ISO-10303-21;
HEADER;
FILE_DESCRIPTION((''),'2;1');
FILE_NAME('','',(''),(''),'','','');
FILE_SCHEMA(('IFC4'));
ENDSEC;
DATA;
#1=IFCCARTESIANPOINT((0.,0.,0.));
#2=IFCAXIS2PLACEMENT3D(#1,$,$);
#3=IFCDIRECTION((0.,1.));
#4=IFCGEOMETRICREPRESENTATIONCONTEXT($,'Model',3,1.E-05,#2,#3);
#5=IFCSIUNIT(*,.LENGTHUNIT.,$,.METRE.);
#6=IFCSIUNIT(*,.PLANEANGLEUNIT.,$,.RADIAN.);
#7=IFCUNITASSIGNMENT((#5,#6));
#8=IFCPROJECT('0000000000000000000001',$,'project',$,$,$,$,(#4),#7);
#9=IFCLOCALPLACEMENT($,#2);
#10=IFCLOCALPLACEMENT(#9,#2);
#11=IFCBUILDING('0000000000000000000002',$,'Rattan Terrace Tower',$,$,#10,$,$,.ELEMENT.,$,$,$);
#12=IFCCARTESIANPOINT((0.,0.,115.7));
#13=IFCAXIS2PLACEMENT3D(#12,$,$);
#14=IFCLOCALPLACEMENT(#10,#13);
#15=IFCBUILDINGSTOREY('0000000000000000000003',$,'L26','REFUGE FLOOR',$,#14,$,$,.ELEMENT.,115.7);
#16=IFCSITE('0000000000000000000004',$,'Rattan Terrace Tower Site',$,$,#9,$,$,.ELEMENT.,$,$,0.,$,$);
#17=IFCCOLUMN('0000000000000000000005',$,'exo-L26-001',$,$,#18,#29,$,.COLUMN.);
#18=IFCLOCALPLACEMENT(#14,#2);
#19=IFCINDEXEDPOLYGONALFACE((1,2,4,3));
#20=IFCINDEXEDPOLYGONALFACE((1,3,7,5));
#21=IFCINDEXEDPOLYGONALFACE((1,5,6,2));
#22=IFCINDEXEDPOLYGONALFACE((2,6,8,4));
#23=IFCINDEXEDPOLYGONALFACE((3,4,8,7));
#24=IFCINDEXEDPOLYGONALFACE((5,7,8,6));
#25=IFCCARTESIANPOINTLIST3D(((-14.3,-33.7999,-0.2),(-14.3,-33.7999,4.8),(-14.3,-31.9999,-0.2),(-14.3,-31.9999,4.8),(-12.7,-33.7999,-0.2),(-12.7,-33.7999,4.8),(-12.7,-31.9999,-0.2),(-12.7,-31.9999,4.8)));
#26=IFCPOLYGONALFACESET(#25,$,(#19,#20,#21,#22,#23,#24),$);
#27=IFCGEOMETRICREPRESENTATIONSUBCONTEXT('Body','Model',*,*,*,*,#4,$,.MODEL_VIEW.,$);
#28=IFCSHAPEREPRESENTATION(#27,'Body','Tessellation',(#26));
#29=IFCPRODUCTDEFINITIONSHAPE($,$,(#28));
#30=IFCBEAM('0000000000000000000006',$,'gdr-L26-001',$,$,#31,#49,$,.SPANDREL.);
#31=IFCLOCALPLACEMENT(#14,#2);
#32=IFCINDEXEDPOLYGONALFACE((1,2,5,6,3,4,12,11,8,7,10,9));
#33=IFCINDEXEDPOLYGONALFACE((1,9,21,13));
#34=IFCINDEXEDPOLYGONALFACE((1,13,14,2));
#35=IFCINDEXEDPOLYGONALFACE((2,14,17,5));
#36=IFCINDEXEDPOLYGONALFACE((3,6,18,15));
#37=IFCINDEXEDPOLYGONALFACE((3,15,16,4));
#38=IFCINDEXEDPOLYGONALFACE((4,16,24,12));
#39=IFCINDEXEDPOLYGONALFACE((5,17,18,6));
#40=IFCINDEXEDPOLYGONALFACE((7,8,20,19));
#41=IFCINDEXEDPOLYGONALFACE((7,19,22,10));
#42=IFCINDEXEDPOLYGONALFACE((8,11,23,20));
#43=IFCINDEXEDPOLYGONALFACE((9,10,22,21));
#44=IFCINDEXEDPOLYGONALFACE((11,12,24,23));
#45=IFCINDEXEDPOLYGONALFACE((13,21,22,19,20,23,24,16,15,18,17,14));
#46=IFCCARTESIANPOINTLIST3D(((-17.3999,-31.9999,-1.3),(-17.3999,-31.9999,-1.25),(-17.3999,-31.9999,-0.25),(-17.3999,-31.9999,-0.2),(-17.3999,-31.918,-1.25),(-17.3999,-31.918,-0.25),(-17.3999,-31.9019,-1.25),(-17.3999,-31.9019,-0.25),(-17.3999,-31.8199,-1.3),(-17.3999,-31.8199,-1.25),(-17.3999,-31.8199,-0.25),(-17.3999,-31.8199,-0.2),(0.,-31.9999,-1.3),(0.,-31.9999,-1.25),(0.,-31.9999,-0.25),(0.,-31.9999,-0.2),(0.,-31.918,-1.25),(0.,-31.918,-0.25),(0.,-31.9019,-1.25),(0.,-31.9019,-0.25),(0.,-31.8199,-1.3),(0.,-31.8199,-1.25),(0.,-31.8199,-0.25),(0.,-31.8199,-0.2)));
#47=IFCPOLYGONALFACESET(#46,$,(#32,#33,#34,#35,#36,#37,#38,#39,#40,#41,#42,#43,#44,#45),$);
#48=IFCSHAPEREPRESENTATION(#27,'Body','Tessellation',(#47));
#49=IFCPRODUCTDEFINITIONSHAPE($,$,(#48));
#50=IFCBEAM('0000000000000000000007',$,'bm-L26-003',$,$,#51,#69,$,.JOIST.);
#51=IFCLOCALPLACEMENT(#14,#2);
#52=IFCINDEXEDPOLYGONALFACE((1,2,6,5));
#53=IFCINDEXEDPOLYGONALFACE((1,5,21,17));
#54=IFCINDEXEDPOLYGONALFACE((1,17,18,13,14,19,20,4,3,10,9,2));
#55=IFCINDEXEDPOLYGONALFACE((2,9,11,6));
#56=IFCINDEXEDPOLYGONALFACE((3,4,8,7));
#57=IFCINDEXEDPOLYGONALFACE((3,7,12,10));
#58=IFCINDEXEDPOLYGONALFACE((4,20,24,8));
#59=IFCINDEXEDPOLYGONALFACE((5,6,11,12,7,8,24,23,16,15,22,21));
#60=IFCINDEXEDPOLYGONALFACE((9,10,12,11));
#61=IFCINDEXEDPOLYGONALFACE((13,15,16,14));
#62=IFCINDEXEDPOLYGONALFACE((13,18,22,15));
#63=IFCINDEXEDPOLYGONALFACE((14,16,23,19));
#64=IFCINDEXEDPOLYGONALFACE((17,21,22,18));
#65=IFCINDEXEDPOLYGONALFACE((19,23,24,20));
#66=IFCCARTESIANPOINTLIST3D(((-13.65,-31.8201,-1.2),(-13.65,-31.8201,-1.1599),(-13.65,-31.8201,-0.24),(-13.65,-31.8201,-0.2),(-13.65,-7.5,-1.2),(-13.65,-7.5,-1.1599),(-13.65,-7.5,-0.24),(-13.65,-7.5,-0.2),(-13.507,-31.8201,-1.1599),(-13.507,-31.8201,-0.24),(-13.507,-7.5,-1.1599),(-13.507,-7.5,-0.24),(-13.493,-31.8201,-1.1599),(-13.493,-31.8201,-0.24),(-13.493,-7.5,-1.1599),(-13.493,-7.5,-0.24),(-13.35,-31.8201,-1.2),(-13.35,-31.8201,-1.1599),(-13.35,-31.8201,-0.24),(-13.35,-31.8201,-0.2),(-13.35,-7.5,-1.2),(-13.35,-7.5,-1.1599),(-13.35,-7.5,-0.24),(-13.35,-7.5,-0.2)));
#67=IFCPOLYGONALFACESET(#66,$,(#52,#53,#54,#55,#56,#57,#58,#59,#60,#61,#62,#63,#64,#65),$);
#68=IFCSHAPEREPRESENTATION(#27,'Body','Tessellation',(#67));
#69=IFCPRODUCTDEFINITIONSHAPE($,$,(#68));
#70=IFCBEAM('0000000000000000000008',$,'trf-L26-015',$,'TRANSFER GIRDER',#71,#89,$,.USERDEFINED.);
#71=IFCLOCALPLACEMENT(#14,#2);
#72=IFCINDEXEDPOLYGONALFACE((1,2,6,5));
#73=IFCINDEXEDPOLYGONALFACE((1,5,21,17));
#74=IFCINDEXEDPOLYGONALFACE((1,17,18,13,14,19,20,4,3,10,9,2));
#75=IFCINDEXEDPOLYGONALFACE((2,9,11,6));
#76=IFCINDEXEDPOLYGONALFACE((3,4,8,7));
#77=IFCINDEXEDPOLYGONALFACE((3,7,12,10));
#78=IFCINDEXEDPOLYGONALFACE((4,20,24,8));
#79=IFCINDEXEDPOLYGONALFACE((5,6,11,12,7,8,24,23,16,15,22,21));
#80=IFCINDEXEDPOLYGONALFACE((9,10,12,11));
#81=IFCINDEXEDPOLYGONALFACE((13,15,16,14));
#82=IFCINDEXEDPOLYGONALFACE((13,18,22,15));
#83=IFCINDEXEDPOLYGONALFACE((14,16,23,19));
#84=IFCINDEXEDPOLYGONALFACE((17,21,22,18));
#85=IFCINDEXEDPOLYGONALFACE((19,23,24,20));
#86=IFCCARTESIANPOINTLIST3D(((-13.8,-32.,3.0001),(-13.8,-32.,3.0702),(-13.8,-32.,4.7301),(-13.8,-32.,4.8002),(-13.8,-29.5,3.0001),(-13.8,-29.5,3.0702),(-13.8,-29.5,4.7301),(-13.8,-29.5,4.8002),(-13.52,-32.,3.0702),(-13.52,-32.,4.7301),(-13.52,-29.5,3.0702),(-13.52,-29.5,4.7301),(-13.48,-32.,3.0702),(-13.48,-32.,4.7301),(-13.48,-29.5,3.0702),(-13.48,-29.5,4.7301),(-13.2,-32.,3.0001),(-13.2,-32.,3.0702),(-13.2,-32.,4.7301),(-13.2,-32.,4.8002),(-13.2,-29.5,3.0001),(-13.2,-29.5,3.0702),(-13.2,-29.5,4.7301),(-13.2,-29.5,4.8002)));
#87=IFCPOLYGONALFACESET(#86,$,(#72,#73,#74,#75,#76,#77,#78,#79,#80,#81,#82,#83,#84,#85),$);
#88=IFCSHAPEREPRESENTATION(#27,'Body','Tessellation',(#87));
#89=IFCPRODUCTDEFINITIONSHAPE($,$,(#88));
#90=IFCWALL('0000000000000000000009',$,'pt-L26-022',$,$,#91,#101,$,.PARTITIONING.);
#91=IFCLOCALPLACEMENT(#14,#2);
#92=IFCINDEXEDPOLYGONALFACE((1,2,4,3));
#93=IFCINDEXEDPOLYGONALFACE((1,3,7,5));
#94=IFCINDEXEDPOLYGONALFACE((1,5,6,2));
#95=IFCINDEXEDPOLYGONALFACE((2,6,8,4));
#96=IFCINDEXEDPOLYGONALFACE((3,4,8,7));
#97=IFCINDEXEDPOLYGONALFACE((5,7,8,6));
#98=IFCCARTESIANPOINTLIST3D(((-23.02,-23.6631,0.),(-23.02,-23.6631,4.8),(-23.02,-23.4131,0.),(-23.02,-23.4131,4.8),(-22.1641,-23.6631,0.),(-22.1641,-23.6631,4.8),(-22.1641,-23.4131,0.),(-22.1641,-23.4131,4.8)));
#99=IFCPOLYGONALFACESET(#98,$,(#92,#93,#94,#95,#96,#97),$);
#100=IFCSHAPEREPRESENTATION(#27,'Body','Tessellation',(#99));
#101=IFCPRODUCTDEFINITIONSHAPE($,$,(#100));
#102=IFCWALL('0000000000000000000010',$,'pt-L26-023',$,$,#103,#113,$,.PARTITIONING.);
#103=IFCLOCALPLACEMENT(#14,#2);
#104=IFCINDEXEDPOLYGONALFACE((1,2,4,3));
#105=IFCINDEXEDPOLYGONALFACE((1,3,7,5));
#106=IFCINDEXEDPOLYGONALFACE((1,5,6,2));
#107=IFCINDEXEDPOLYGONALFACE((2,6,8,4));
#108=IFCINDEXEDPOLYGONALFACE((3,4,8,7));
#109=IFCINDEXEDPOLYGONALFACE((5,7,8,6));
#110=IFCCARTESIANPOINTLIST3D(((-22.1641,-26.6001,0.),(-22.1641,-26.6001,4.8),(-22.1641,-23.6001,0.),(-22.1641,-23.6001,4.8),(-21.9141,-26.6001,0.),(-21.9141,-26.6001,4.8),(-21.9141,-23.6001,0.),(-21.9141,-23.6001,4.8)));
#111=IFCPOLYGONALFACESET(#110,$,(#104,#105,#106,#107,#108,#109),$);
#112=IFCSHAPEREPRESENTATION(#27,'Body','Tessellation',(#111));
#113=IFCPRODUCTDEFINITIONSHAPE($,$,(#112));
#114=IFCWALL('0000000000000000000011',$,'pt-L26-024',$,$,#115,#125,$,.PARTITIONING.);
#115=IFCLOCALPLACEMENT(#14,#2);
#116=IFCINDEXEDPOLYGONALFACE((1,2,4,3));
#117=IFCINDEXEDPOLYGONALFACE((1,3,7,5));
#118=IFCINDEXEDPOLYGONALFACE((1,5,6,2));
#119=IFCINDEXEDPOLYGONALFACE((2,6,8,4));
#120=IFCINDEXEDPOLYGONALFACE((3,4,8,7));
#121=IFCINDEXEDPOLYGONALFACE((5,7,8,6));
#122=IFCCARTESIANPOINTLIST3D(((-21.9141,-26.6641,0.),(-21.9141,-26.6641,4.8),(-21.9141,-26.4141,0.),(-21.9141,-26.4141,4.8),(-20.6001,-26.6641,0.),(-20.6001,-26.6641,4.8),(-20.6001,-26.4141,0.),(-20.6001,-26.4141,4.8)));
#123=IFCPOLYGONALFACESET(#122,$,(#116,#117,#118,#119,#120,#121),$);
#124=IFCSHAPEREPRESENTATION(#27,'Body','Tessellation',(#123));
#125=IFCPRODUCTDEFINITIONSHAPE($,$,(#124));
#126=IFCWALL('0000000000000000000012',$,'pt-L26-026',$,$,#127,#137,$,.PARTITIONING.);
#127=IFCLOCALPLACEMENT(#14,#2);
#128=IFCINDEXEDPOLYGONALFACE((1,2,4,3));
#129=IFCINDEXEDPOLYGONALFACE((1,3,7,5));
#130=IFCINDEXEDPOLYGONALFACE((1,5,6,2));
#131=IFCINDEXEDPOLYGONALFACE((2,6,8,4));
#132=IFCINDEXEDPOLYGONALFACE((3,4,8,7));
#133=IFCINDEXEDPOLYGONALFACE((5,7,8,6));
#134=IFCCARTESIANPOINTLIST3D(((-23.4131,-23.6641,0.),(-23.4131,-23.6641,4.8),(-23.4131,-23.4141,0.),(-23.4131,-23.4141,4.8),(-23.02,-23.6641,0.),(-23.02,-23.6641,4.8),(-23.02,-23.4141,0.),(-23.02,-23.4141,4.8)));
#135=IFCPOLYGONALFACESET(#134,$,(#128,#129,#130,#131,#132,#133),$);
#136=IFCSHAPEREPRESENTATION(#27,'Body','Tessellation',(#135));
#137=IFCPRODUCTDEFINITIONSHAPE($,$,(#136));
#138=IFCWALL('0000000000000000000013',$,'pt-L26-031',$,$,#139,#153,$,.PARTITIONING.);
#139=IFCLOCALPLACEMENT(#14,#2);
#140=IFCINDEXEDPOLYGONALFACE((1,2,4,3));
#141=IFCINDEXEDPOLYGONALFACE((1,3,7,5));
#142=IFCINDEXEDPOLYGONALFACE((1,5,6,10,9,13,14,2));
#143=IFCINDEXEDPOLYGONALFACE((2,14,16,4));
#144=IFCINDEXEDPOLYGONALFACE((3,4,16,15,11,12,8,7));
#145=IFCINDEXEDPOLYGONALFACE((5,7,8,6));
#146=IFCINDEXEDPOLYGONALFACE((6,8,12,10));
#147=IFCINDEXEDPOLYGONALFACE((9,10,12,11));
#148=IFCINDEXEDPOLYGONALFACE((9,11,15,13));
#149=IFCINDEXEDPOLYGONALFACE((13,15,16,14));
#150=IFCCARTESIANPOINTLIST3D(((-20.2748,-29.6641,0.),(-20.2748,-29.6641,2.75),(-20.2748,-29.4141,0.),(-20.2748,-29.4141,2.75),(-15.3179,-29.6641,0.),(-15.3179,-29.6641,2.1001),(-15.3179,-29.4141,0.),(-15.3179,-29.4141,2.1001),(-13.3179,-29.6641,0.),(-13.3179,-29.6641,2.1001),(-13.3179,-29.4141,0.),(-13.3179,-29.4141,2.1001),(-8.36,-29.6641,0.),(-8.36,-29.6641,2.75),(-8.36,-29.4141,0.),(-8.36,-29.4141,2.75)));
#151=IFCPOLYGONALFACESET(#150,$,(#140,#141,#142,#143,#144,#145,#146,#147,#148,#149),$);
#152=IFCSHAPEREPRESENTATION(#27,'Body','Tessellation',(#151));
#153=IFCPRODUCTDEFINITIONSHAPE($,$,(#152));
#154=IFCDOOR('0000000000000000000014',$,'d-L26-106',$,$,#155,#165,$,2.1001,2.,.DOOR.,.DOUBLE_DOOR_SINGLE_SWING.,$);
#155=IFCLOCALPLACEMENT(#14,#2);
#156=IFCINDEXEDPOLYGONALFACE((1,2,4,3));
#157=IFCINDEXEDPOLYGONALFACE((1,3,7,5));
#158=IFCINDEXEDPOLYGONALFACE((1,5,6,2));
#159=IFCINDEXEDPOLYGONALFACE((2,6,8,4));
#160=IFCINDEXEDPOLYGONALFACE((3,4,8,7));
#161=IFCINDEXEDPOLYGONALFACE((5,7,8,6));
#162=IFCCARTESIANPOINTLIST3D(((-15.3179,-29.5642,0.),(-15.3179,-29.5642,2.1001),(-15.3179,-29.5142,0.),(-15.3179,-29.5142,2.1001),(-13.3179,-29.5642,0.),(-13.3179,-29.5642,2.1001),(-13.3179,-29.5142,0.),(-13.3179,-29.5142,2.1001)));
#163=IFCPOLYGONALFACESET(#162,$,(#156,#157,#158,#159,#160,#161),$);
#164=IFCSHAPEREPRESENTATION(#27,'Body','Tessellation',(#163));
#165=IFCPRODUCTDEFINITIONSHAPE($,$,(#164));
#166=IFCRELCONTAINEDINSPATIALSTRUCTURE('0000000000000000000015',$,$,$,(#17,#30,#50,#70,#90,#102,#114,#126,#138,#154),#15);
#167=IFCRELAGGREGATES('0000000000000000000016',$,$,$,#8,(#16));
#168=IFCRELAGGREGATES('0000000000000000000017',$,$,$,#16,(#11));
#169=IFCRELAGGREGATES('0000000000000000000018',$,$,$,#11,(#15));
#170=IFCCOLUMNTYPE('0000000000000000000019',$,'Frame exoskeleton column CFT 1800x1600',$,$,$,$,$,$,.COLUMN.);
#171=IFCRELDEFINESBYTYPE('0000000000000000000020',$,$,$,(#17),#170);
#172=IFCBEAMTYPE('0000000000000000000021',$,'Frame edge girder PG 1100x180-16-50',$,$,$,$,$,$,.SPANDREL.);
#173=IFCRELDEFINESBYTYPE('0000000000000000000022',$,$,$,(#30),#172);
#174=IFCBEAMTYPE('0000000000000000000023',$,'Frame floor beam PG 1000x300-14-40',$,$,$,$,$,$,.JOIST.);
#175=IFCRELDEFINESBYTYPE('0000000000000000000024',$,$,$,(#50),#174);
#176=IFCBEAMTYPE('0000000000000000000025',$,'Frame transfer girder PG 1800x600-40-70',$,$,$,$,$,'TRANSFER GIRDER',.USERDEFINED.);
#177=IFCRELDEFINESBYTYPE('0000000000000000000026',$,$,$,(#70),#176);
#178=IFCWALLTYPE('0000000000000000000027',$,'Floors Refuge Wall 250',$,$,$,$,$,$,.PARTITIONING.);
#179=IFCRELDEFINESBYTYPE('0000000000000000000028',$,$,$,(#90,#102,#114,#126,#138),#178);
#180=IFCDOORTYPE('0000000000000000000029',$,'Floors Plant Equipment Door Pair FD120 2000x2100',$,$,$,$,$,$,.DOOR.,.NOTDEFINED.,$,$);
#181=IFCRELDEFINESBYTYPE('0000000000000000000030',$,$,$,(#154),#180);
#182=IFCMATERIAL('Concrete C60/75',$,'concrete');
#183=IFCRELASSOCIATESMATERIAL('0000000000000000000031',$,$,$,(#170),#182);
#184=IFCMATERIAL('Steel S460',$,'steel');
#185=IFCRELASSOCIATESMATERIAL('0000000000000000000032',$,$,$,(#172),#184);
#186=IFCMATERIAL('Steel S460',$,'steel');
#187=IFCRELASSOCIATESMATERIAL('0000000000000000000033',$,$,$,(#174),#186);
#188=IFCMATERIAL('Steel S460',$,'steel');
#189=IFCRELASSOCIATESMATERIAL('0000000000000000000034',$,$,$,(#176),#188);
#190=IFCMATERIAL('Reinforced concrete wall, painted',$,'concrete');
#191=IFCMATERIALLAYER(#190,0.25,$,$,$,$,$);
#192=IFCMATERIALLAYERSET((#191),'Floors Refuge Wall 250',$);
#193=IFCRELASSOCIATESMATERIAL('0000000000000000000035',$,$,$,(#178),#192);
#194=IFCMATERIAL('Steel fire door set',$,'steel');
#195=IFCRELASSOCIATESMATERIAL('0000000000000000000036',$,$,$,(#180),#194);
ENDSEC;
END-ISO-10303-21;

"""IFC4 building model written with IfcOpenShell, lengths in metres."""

from ifc_helpers import new_model, si_unit, direction, frame, frame_2d, origin, origin_2d, place, context, subcontext, project, spatial, rectangle, i_section, extrude, material, layer, layer_set, material_profile, profile_set, type_object, element, fill, save


model = new_model("IFC4")

# Units and contexts
model_context = context("Model", 3, precision=1e-05, world=origin(), true_north=direction((0.0, 1.0)))
body_context = subcontext(model_context, "Body", "Model", "MODEL_VIEW")
ifc_project = project(units=[si_unit("LENGTHUNIT", "METRE"), si_unit("PLANEANGLEUNIT", "RADIAN")], contexts=[model_context])

# Site, building, storey
site_placement = place(None, origin())
site = spatial("IfcSite", under=ifc_project, at=site_placement, Name="Rattan Terrace Tower Site", CompositionType="ELEMENT", RefElevation=0.0)
building_placement = place(site_placement, origin())
building = spatial("IfcBuilding", under=site, at=building_placement, Name="Rattan Terrace Tower", CompositionType="ELEMENT")
storey_placement = place(building_placement, frame((0.0, 0.0, 115.7)))
storey = spatial("IfcBuildingStorey", under=building, at=storey_placement, Name="L26", Description="REFUGE FLOOR", CompositionType="ELEMENT", Elevation=115.7)

# Column
ifc_material_1 = material(Name="Concrete C60/75", Category="concrete")
ifc_material_profile_1 = material_profile(ifc_material_1, rectangle(XDim=1.6001, YDim=1.8, at=origin_2d()), Name="CFT 1800x1600")
ifc_profile_set_1 = profile_set([ifc_material_profile_1], Name="Concrete C60/75")
column_type = type_object("IfcColumnType", Name="Frame exoskeleton column CFT 1800x1600", PredefinedType="COLUMN", material=ifc_profile_set_1)
column_placement = place(storey_placement, frame((-13.5, -32.8999, -0.2), z_axis=(0.0, 0.0, 1.0), x_axis=(1.0, 0.0, 0.0)))
element("IfcColumn", 1, at=column_placement, inside=storey, type_object=column_type, Name="exo-L26-001", PredefinedType="COLUMN", context=body_context, shape_type="SweptSolid", body=[
    extrude(rectangle(XDim=1.6001, YDim=1.8, at=origin_2d()), origin(), (0.0, 0.0, 1.0), 5.0),
])

# Beams
ifc_material_2 = material(Name="Steel S460", Category="steel")
ifc_material_profile_2 = material_profile(ifc_material_2, i_section(OverallWidth=0.1799, OverallDepth=1.1001, WebThickness=0.0161, FlangeThickness=0.05, at=origin_2d()), Name="PG 1100x180-16-50")
ifc_profile_set_2 = profile_set([ifc_material_profile_2], Name="Steel S460")
beam_type_1 = type_object("IfcBeamType", Name="Frame edge girder PG 1100x180-16-50", PredefinedType="SPANDREL", material=ifc_profile_set_2)
beam_1_placement = place(storey_placement, frame((-17.3999, -31.9099, -0.75), z_axis=(1.0, 0.0, 0.0), x_axis=(0.0, 1.0, 0.0)))
element("IfcBeam", 2, at=beam_1_placement, inside=storey, type_object=beam_type_1, Name="gdr-L26-001", PredefinedType="SPANDREL", context=body_context, shape_type="SweptSolid", body=[
    extrude(i_section(OverallWidth=0.1799, OverallDepth=1.1001, WebThickness=0.0161, FlangeThickness=0.05, at=origin_2d()), origin(), (0.0, 0.0, 1.0), 17.3999),
])
ifc_material_3 = material(Name="Steel S460", Category="steel")
ifc_material_profile_3 = material_profile(ifc_material_3, i_section(OverallWidth=0.3, OverallDepth=1.0, WebThickness=0.0139, FlangeThickness=0.04, at=origin_2d()), Name="PG 1000x300-14-40")
ifc_profile_set_3 = profile_set([ifc_material_profile_3], Name="Steel S460")
beam_type_2 = type_object("IfcBeamType", Name="Frame floor beam PG 1000x300-14-40", PredefinedType="JOIST", material=ifc_profile_set_3)
beam_2_placement = place(storey_placement, frame((-13.5, -31.8201, -0.7), z_axis=(0.0, 1.0, 0.0), x_axis=(-1.0, 0.0, 0.0)))
element("IfcBeam", 3, at=beam_2_placement, inside=storey, type_object=beam_type_2, Name="bm-L26-003", PredefinedType="JOIST", context=body_context, shape_type="SweptSolid", body=[
    extrude(i_section(OverallWidth=0.3, OverallDepth=1.0, WebThickness=0.0139, FlangeThickness=0.04, at=origin_2d()), origin(), (0.0, 0.0, 1.0), 24.3201),
])
ifc_material_4 = material(Name="Steel S460", Category="steel")
ifc_material_profile_4 = material_profile(ifc_material_4, i_section(OverallWidth=0.6001, OverallDepth=1.8, WebThickness=0.04, FlangeThickness=0.0701, at=origin_2d()), Name="PG 1800x600-40-70")
ifc_profile_set_4 = profile_set([ifc_material_profile_4], Name="Steel S460")
beam_type_3 = type_object("IfcBeamType", Name="Frame transfer girder PG 1800x600-40-70", ElementType="TRANSFER GIRDER", PredefinedType="USERDEFINED", material=ifc_profile_set_4)
beam_3_placement = place(storey_placement, frame((-13.5, -32.0, 3.9001), z_axis=(0.0, 1.0, 0.0), x_axis=(-1.0, 0.0, 0.0)))
element("IfcBeam", 4, at=beam_3_placement, inside=storey, type_object=beam_type_3, Name="trf-L26-015", ObjectType="TRANSFER GIRDER", PredefinedType="USERDEFINED", context=body_context, shape_type="SweptSolid", body=[
    extrude(i_section(OverallWidth=0.6001, OverallDepth=1.8, WebThickness=0.04, FlangeThickness=0.0701, at=origin_2d()), origin(), (0.0, 0.0, 1.0), 2.5),
])

# Walls
ifc_material_5 = material(Name="Reinforced concrete wall, painted", Category="concrete")
ifc_layer = layer(ifc_material_5, 0.25)
ifc_layer_set = layer_set([ifc_layer], Name="Floors Refuge Wall 250")
wall_type = type_object("IfcWallType", Name="Floors Refuge Wall 250", PredefinedType="PARTITIONING", material=ifc_layer_set)
wall_1_placement = place(storey_placement, frame((-22.1641, -23.5381, 0.0), z_axis=(0.0, 0.0, 1.0), x_axis=(-1.0, 0.0, 0.0)))
element("IfcWall", 5, at=wall_1_placement, inside=storey, type_object=wall_type, Name="pt-L26-022", PredefinedType="PARTITIONING", context=body_context, shape_type="SweptSolid", body=[
    extrude(rectangle(XDim=0.856, YDim=0.25, at=frame_2d((0.428, 0.0))), origin(), (0.0, 0.0, 1.0), 4.8),
])
wall_2_placement = place(storey_placement, frame((-22.0391, -26.6001, 0.0), z_axis=(0.0, 0.0, 1.0), x_axis=(0.0, 1.0, 0.0)))
element("IfcWall", 6, at=wall_2_placement, inside=storey, type_object=wall_type, Name="pt-L26-023", PredefinedType="PARTITIONING", context=body_context, shape_type="SweptSolid", body=[
    extrude(rectangle(XDim=3.0, YDim=0.25, at=frame_2d((1.5, 0.0))), origin(), (0.0, 0.0, 1.0), 4.8),
])
wall_3_placement = place(storey_placement, frame((-20.6001, -26.5391, 0.0), z_axis=(0.0, 0.0, 1.0), x_axis=(-1.0, 0.0, 0.0)))
element("IfcWall", 7, at=wall_3_placement, inside=storey, type_object=wall_type, Name="pt-L26-024", PredefinedType="PARTITIONING", context=body_context, shape_type="SweptSolid", body=[
    extrude(rectangle(XDim=1.314, YDim=0.25, at=frame_2d((0.657, 0.0))), origin(), (0.0, 0.0, 1.0), 4.8),
])
wall_4_placement = place(storey_placement, frame((-23.02, -23.5391, 0.0), z_axis=(0.0, 0.0, 1.0), x_axis=(-1.0, 0.0, 0.0)))
element("IfcWall", 8, at=wall_4_placement, inside=storey, type_object=wall_type, Name="pt-L26-026", PredefinedType="PARTITIONING", context=body_context, shape_type="SweptSolid", body=[
    extrude(rectangle(XDim=0.3931, YDim=0.25, at=frame_2d((0.1965, 0.0))), origin(), (0.0, 0.0, 1.0), 4.8),
])

# Wall, opening, door
wall_5_placement = place(storey_placement, frame((-20.2749, -29.5391, 0.0), z_axis=(0.0, 0.0, 1.0), x_axis=(1.0, 0.0, 0.0)))
wall_5 = element("IfcWall", 9, at=wall_5_placement, inside=storey, type_object=wall_type, Name="pt-L26-031", PredefinedType="PARTITIONING", context=body_context, shape_type="SweptSolid", body=[
    extrude(rectangle(XDim=11.9148, YDim=0.25, at=frame_2d((5.9575, 0.0))), origin(), (0.0, 0.0, 1.0), 2.75),
])
opening_placement = place(wall_5_placement, frame((4.957, 0.0, 0.0)))
opening = element("IfcOpeningElement", 10, at=opening_placement, cuts=wall_5, PredefinedType="OPENING", context=body_context, shape_type="SweptSolid", body=[
    extrude(rectangle(XDim=2.0, YDim=2.1001, at=frame_2d((1.0, 1.05))), frame((0.0, 0.1355, 0.0), z_axis=(0.0, -1.0, 0.0), x_axis=(1.0, 0.0, 0.0)), (0.0, 0.0, 1.0), 0.271),
])
ifc_material_6 = material(Name="Steel fire door set", Category="steel")
door_type = type_object("IfcDoorType", Name="Floors Plant Equipment Door Pair FD120 2000x2100", OperationType="NOTDEFINED", PredefinedType="DOOR", material=ifc_material_6)
door_placement = place(opening_placement, origin())
door = element("IfcDoor", 11, at=door_placement, inside=storey, type_object=door_type, Name="d-L26-106", OperationType="DOUBLE_DOOR_SINGLE_SWING", OverallHeight=2.1001, OverallWidth=2.0, PredefinedType="DOOR", context=body_context, shape_type="SweptSolid", body=[
    extrude(rectangle(XDim=2.0, YDim=2.1001, at=frame_2d((1.0, 1.05))), frame((0.0, 0.0249, 0.0), z_axis=(0.0, -1.0, 0.0), x_axis=(1.0, 0.0, 0.0)), (0.0, 0.0, 1.0), 0.05),
])
fill(opening, door)

save(model, "model.ifc")
